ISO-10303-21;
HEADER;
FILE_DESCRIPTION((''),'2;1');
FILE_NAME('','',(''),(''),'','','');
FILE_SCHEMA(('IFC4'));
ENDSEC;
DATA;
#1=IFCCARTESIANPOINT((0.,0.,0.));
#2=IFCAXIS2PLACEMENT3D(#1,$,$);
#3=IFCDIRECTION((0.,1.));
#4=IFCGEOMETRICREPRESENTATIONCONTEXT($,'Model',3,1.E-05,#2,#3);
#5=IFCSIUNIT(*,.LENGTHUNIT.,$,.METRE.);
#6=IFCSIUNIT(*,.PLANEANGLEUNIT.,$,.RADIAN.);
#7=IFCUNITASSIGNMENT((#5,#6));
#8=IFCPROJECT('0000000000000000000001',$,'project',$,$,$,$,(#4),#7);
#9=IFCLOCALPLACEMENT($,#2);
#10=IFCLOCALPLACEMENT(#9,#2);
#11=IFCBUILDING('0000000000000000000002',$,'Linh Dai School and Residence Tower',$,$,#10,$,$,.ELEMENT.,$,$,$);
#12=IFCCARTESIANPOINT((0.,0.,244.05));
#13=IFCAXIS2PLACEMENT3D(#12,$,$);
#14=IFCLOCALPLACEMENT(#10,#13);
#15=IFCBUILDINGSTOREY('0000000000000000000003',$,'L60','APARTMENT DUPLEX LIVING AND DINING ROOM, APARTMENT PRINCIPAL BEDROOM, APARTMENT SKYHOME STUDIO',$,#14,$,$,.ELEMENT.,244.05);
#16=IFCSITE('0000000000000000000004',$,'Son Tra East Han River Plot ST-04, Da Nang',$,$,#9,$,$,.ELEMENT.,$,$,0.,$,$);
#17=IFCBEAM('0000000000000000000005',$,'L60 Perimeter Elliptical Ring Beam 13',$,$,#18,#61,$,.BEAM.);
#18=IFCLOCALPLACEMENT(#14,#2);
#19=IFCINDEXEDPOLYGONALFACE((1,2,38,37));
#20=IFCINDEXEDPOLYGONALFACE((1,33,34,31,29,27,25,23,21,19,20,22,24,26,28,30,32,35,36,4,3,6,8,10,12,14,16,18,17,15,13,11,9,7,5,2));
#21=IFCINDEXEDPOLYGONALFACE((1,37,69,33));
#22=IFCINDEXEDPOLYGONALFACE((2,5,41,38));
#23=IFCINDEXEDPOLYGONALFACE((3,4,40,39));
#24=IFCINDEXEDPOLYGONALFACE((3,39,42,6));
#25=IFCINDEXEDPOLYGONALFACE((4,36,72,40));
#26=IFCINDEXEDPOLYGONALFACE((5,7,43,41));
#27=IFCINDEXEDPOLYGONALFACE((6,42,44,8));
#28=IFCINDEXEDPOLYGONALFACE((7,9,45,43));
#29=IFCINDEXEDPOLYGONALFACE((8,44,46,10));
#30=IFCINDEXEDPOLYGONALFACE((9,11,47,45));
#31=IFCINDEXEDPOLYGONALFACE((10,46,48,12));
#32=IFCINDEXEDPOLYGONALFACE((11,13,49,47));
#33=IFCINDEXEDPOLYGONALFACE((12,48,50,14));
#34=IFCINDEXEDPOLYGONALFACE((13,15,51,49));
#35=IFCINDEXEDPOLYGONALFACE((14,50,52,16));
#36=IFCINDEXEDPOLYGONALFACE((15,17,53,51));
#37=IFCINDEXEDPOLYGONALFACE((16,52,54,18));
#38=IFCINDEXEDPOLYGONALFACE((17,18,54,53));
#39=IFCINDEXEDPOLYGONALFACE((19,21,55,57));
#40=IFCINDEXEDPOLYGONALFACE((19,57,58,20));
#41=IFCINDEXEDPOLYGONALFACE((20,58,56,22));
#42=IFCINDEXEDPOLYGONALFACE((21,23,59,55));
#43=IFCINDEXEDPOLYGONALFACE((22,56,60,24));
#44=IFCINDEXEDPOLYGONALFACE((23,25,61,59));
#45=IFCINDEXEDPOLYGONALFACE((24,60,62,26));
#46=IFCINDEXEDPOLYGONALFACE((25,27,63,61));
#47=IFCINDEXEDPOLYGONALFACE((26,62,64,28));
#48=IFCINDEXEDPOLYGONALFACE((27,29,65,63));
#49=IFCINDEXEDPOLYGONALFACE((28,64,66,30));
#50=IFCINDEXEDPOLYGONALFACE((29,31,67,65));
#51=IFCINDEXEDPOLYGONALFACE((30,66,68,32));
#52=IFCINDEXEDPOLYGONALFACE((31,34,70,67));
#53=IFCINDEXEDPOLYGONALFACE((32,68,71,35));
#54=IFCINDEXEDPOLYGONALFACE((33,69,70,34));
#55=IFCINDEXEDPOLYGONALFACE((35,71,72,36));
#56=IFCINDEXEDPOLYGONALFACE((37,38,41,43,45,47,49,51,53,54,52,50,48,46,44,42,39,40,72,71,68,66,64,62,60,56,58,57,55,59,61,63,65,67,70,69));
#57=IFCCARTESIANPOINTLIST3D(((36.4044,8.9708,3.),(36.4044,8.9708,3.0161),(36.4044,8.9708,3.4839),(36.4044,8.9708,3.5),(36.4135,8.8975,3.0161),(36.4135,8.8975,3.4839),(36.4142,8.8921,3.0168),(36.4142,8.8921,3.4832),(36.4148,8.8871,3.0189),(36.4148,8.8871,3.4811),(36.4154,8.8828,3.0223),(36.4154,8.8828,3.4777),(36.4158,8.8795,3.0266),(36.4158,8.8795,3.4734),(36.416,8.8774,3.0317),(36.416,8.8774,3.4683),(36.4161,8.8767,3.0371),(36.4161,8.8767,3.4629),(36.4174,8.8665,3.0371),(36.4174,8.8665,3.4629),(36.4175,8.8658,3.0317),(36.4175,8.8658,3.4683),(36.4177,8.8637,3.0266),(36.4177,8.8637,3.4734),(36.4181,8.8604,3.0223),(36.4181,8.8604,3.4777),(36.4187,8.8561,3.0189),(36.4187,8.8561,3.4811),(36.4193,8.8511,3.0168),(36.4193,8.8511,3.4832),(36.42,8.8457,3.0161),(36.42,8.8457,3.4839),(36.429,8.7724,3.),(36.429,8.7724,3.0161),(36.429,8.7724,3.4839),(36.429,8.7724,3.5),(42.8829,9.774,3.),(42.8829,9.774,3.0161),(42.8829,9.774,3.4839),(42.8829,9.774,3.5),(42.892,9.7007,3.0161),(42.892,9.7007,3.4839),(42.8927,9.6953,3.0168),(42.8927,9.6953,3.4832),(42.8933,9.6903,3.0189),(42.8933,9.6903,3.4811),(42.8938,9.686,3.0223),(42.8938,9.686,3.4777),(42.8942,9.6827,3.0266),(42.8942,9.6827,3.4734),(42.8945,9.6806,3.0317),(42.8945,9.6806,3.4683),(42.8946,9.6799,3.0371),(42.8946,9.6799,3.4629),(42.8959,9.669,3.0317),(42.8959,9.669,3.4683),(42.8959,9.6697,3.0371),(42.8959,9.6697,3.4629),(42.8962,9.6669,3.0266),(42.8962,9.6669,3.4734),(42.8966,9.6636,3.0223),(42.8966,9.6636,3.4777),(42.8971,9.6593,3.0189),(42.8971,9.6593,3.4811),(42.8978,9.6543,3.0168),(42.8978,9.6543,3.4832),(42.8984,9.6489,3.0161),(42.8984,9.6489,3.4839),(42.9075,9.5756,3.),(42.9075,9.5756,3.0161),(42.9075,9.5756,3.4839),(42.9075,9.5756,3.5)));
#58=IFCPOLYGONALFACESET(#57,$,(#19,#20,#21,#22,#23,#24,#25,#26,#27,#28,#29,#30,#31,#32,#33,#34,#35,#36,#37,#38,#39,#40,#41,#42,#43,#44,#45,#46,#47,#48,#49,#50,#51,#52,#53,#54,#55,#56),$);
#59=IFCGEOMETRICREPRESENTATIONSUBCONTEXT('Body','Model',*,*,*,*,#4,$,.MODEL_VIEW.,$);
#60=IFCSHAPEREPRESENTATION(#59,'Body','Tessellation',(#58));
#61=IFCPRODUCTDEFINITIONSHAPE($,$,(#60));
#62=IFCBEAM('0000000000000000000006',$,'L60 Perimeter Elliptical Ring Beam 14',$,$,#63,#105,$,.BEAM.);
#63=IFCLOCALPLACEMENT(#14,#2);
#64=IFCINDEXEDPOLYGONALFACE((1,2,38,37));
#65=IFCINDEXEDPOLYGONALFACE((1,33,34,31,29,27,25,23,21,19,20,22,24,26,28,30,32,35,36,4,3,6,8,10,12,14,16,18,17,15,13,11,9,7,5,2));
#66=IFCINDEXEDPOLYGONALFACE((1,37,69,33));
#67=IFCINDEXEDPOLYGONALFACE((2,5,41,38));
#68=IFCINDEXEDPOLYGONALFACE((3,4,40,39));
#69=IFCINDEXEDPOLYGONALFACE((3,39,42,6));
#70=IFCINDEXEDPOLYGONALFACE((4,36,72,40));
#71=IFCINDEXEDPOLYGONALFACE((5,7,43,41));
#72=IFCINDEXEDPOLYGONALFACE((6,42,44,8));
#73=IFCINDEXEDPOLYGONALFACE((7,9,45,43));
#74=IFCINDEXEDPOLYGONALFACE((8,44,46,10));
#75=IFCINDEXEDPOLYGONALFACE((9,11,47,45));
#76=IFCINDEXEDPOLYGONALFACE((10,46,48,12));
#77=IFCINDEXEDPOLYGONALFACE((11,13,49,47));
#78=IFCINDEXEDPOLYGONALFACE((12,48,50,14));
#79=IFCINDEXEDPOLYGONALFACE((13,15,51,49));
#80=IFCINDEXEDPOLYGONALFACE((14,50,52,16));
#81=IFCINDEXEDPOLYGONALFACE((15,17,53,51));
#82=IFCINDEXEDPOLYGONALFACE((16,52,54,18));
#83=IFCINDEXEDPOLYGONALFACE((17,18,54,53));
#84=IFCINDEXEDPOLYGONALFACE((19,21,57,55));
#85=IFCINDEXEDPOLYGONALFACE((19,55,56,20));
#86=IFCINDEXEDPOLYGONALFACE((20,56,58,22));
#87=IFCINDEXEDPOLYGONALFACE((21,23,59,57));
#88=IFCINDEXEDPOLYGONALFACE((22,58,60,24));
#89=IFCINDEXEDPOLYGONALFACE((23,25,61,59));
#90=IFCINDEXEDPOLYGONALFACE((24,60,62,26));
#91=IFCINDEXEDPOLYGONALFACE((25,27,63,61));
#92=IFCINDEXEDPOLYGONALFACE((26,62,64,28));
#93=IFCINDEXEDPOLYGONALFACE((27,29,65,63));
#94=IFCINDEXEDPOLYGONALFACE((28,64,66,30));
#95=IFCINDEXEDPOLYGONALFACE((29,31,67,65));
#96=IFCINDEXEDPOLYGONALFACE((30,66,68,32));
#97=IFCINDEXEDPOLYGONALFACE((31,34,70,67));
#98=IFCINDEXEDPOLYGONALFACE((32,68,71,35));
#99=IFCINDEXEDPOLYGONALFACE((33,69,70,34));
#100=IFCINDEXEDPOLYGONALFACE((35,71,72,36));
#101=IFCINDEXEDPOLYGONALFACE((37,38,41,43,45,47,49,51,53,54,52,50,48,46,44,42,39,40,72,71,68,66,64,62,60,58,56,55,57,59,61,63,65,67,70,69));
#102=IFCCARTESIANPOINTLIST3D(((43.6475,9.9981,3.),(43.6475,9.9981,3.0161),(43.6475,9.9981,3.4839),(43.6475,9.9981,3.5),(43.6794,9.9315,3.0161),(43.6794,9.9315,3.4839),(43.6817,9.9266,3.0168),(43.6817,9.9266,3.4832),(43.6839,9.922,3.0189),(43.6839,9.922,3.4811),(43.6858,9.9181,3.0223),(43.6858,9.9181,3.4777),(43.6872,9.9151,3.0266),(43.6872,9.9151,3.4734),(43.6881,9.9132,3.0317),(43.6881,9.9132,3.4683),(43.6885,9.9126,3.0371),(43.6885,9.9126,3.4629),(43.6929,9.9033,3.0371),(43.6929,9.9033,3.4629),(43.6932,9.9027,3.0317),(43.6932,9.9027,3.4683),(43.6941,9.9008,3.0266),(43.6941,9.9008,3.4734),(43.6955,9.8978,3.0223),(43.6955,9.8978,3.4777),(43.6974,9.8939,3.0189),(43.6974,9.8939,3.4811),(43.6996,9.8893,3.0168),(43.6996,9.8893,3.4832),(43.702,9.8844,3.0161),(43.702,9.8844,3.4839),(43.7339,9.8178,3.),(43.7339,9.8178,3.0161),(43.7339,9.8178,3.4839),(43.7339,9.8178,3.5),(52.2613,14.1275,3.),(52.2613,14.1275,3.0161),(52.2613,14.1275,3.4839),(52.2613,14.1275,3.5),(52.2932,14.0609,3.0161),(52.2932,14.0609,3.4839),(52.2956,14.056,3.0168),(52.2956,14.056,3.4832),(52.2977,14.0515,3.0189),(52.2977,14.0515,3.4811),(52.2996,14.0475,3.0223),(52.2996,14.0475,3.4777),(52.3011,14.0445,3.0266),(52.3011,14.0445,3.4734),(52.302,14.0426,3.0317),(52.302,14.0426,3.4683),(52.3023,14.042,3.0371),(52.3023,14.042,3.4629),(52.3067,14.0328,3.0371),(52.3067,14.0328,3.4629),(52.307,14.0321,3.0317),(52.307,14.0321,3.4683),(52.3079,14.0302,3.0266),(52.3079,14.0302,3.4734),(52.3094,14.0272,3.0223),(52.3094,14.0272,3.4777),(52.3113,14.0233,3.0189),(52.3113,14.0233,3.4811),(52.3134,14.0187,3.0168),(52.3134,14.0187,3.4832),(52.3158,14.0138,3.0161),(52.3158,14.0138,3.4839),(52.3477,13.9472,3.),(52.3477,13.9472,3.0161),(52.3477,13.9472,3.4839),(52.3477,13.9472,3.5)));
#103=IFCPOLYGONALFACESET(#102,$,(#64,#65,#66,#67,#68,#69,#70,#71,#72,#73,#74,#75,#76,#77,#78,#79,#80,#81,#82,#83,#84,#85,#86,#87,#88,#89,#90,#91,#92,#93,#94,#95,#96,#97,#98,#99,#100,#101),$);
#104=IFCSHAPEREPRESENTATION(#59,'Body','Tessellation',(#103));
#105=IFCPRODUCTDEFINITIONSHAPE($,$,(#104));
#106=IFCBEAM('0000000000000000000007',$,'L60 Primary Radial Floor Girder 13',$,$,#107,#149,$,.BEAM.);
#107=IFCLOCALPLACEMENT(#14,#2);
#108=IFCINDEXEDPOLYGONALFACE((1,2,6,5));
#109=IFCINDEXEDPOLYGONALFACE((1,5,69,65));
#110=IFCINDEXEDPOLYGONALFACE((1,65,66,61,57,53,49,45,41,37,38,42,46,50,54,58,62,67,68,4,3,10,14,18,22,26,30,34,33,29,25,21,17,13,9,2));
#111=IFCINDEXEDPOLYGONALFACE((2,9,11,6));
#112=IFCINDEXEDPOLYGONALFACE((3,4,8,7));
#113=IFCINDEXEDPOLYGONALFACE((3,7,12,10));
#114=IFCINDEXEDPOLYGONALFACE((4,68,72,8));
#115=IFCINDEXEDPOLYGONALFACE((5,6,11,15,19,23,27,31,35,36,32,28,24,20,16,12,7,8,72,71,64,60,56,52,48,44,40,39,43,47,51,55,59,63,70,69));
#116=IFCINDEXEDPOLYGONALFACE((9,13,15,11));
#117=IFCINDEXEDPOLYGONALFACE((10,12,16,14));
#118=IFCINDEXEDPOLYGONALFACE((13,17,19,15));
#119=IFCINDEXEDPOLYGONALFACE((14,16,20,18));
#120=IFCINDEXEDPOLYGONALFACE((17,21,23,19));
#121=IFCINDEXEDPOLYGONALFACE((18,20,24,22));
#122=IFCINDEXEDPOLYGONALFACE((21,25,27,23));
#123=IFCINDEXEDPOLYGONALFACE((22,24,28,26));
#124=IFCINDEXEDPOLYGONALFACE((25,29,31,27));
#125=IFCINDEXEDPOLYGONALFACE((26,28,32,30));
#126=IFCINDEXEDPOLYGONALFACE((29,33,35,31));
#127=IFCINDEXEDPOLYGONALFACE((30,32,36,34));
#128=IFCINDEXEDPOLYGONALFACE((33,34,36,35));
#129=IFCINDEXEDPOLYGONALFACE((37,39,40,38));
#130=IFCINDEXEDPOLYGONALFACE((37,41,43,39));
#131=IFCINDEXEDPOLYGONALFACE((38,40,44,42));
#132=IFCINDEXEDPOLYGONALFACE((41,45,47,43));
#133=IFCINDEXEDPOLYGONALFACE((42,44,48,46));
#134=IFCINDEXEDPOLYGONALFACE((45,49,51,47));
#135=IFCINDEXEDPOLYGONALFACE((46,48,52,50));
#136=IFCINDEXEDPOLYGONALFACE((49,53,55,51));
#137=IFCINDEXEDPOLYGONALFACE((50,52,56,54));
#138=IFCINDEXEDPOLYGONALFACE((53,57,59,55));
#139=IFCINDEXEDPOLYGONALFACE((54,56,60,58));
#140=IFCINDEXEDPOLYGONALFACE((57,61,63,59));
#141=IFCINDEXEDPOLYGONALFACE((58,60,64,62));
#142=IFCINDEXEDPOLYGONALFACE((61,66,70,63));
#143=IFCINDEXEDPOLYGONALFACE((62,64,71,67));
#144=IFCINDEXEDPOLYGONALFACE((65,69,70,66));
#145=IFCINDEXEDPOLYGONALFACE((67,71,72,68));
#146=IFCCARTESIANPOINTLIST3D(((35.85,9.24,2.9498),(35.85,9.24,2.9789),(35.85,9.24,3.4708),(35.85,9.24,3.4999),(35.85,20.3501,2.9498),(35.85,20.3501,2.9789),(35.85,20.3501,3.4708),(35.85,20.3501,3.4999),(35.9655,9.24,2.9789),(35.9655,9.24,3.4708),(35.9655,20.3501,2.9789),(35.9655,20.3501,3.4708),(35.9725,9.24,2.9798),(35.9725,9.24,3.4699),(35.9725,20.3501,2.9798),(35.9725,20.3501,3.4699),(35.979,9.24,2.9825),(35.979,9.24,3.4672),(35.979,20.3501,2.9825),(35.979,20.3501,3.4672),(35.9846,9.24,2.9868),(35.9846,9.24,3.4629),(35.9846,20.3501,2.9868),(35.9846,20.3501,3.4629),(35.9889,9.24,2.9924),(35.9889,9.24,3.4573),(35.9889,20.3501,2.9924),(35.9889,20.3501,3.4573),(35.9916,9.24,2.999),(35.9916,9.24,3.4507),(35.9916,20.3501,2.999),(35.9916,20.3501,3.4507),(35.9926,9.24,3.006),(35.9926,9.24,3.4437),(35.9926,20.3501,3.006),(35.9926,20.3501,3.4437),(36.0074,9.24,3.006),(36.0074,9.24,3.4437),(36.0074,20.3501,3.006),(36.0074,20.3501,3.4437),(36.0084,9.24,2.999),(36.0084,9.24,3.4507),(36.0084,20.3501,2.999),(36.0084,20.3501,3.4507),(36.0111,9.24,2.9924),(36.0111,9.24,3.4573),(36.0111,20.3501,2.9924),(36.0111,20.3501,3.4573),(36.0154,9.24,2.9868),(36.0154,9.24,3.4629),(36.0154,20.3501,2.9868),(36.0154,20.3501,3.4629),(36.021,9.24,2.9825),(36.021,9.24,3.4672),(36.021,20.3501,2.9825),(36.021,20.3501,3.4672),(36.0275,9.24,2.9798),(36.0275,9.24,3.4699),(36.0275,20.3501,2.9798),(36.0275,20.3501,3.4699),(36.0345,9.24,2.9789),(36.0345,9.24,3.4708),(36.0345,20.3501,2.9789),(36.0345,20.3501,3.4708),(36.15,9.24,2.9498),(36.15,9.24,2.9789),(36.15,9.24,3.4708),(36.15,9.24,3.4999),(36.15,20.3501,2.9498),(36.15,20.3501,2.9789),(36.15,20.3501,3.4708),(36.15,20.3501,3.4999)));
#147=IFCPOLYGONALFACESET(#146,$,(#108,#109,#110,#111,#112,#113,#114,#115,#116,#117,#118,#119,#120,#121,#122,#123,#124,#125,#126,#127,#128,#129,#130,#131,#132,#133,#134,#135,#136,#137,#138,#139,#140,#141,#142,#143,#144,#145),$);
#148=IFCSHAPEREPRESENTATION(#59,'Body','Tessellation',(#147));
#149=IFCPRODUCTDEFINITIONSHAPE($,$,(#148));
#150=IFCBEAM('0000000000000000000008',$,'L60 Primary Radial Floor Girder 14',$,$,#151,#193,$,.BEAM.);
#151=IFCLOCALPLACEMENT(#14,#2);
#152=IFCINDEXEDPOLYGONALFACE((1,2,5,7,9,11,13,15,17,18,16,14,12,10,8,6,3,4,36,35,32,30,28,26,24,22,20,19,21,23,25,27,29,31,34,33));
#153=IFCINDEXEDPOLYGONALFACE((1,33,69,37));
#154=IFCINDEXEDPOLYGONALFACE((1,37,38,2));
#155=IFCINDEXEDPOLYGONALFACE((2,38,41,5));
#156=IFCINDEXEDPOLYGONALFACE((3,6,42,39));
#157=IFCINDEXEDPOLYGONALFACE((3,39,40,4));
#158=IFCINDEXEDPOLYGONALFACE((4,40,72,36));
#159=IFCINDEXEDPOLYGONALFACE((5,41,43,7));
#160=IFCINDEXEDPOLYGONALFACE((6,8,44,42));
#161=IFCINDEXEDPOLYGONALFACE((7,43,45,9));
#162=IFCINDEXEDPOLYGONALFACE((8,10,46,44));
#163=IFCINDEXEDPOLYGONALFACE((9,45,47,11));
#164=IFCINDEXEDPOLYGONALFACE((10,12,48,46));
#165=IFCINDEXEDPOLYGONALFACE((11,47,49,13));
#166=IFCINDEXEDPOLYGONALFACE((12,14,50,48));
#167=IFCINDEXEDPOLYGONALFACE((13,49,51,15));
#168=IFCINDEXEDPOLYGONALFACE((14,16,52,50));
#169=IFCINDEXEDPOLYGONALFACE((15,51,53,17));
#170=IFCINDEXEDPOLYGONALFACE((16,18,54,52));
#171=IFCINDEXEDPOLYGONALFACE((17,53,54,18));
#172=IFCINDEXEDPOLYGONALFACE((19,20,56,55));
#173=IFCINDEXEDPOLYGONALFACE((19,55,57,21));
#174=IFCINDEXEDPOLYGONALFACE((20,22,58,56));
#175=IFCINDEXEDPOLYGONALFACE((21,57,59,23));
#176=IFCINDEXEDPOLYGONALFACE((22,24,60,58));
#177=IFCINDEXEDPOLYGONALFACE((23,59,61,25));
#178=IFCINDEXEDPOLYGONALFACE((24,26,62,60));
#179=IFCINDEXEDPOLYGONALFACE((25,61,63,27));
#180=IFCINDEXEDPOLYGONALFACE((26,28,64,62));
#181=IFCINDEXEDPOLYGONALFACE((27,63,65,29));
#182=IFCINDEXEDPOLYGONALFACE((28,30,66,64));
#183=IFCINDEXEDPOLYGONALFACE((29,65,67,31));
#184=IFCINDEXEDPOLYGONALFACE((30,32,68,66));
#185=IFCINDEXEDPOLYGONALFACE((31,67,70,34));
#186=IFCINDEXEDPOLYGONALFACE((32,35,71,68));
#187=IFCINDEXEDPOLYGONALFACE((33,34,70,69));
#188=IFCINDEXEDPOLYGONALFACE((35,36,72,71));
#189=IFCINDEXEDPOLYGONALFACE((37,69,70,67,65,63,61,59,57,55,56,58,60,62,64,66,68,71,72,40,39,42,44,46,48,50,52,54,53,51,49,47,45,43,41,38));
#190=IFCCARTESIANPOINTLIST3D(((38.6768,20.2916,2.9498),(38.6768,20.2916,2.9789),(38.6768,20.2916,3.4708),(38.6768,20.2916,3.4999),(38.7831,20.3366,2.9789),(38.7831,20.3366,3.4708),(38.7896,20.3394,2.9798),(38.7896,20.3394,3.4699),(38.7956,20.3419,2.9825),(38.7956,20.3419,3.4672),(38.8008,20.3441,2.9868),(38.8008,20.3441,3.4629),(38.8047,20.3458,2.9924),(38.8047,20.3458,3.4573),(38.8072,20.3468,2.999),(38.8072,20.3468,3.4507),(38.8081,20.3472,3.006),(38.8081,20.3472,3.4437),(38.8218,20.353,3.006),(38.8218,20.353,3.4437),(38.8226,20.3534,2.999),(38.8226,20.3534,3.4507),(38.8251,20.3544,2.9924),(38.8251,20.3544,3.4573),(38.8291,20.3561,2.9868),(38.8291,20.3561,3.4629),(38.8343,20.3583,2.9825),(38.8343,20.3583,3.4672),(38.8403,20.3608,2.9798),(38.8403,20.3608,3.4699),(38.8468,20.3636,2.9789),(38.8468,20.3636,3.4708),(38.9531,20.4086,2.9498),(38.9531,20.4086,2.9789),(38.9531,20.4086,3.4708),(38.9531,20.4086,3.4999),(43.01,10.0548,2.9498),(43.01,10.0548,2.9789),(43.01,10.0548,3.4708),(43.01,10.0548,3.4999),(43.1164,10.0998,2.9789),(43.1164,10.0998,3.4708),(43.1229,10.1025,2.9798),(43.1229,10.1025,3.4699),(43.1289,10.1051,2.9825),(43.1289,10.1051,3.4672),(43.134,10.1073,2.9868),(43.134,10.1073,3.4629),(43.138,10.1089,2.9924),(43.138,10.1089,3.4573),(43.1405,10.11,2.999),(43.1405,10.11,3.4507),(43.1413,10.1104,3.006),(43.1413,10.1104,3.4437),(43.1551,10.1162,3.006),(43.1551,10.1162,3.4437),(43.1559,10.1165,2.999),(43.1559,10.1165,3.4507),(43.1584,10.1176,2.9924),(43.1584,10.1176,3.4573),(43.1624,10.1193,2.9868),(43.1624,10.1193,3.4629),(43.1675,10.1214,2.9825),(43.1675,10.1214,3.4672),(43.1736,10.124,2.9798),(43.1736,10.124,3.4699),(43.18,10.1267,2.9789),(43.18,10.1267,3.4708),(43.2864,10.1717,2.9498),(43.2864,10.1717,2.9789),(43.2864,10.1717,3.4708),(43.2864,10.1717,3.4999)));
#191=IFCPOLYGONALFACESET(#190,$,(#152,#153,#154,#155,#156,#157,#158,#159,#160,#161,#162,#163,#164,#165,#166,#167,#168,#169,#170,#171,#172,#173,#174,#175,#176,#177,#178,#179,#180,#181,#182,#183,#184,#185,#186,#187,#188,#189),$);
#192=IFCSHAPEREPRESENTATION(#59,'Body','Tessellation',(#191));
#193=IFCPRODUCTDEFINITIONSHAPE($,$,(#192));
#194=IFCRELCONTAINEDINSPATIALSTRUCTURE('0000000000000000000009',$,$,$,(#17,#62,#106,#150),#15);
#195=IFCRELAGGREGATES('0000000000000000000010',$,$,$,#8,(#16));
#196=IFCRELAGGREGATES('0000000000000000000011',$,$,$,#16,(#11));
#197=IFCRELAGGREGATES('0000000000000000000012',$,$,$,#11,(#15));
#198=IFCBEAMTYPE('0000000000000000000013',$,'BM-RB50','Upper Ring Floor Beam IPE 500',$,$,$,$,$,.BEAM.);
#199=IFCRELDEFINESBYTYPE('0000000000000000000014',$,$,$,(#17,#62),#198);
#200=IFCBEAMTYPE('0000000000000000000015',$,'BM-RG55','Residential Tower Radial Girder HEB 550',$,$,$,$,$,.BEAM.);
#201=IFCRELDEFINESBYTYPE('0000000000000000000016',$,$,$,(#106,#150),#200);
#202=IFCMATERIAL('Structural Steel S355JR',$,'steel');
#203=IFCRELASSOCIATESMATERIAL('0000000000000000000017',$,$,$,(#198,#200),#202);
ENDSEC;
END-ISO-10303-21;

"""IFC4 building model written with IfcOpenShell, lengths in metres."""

from ifc_helpers import new_model, si_unit, direction, frame, origin, origin_2d, place, context, subcontext, project, spatial, i_section, extrude, material, material_profile, profile_set, type_object, element, save


model = new_model("IFC4")

# Units and contexts
model_context = context("Model", 3, precision=1e-05, world=origin(), true_north=direction((0.0, 1.0)))
body_context = subcontext(model_context, "Body", "Model", "MODEL_VIEW")
ifc_project = project(units=[si_unit("LENGTHUNIT", "METRE"), si_unit("PLANEANGLEUNIT", "RADIAN")], contexts=[model_context])

# Site, building, storey
site_placement = place(None, origin())
site = spatial("IfcSite", under=ifc_project, at=site_placement, Name="Son Tra East Han River Plot ST-04, Da Nang", CompositionType="ELEMENT", RefElevation=0.0)
building_placement = place(site_placement, origin())
building = spatial("IfcBuilding", under=site, at=building_placement, Name="Linh Dai School and Residence Tower", CompositionType="ELEMENT")
storey_placement = place(building_placement, frame((0.0, 0.0, 244.05)))
storey = spatial("IfcBuildingStorey", under=building, at=storey_placement, Name="L60", Description="APARTMENT DUPLEX LIVING AND DINING ROOM, APARTMENT PRINCIPAL BEDROOM, APARTMENT SKYHOME STUDIO", CompositionType="ELEMENT", Elevation=244.05)

# Shared definitions
ifc_material_1 = material(Name="Structural Steel S355JR", Category="steel")

# Beams
ifc_material_profile_1 = material_profile(ifc_material_1, i_section(OverallWidth=0.2, OverallDepth=0.5, WebThickness=0.0103, FlangeThickness=0.0161, FilletRadius=0.021, at=origin_2d()), Name="IPE 500")
ifc_profile_set_1 = profile_set([ifc_material_profile_1], Name="Structural Steel S355JR")
beam_type_1 = type_object("IfcBeamType", Name="BM-RB50", Description="Upper Ring Floor Beam IPE 500", PredefinedType="BEAM", material=ifc_profile_set_1)
beam_1_placement = place(storey_placement, frame((36.4167, 8.8716, 3.25), z_axis=(0.992402, 0.12304, 0.0), x_axis=(-0.12304, 0.992402, 0.0)))
element("IfcBeam", 1, at=beam_1_placement, inside=storey, type_object=beam_type_1, Name="L60 Perimeter Elliptical Ring Beam 13", PredefinedType="BEAM", context=body_context, shape_type="SweptSolid", body=[
    extrude(i_section(OverallWidth=0.2, OverallDepth=0.5, WebThickness=0.0103, FlangeThickness=0.0161, FilletRadius=0.021, at=origin_2d()), origin(), (0.0, 0.0, 1.0), 6.5281),
])
beam_2_placement = place(storey_placement, frame((43.6907, 9.908, 3.25), z_axis=(0.901736, 0.432287, 0.0), x_axis=(-0.432287, 0.901736, 0.0)))
element("IfcBeam", 2, at=beam_2_placement, inside=storey, type_object=beam_type_1, Name="L60 Perimeter Elliptical Ring Beam 14", PredefinedType="BEAM", context=body_context, shape_type="SweptSolid", body=[
    extrude(i_section(OverallWidth=0.2, OverallDepth=0.5, WebThickness=0.0103, FlangeThickness=0.0161, FilletRadius=0.021, at=origin_2d()), origin(), (0.0, 0.0, 1.0), 9.5525),
])
ifc_material_profile_2 = material_profile(ifc_material_1, i_section(OverallWidth=0.3, OverallDepth=0.55, WebThickness=0.0149, FlangeThickness=0.0291, FilletRadius=0.0271, at=origin_2d()), Name="HEB 550")
ifc_profile_set_2 = profile_set([ifc_material_profile_2], Name="Structural Steel S355JR")
beam_type_2 = type_object("IfcBeamType", Name="BM-RG55", Description="Residential Tower Radial Girder HEB 550", PredefinedType="BEAM", material=ifc_profile_set_2)
beam_3_placement = place(storey_placement, frame((36.0, 20.3501, 3.2249), z_axis=(0.0, -1.0, 0.0), x_axis=(1.0, 0.0, 0.0)))
element("IfcBeam", 3, at=beam_3_placement, inside=storey, type_object=beam_type_2, Name="L60 Primary Radial Floor Girder 13", PredefinedType="BEAM", context=body_context, shape_type="SweptSolid", body=[
    extrude(i_section(OverallWidth=0.3, OverallDepth=0.55, WebThickness=0.0149, FlangeThickness=0.0291, FilletRadius=0.0271, at=origin_2d()), origin(), (0.0, 0.0, 1.0), 11.1101),
])
beam_4_placement = place(storey_placement, frame((38.8149, 20.3501, 3.2249), z_axis=(0.389815, -0.920893, 0.0), x_axis=(0.920893, 0.389815, 0.0)))
element("IfcBeam", 4, at=beam_4_placement, inside=storey, type_object=beam_type_2, Name="L60 Primary Radial Floor Girder 14", PredefinedType="BEAM", context=body_context, shape_type="SweptSolid", body=[
    extrude(i_section(OverallWidth=0.3, OverallDepth=0.55, WebThickness=0.0149, FlangeThickness=0.0291, FilletRadius=0.0271, at=origin_2d()), origin(), (0.0, 0.0, 1.0), 11.1162),
])

save(model, "model.ifc")
